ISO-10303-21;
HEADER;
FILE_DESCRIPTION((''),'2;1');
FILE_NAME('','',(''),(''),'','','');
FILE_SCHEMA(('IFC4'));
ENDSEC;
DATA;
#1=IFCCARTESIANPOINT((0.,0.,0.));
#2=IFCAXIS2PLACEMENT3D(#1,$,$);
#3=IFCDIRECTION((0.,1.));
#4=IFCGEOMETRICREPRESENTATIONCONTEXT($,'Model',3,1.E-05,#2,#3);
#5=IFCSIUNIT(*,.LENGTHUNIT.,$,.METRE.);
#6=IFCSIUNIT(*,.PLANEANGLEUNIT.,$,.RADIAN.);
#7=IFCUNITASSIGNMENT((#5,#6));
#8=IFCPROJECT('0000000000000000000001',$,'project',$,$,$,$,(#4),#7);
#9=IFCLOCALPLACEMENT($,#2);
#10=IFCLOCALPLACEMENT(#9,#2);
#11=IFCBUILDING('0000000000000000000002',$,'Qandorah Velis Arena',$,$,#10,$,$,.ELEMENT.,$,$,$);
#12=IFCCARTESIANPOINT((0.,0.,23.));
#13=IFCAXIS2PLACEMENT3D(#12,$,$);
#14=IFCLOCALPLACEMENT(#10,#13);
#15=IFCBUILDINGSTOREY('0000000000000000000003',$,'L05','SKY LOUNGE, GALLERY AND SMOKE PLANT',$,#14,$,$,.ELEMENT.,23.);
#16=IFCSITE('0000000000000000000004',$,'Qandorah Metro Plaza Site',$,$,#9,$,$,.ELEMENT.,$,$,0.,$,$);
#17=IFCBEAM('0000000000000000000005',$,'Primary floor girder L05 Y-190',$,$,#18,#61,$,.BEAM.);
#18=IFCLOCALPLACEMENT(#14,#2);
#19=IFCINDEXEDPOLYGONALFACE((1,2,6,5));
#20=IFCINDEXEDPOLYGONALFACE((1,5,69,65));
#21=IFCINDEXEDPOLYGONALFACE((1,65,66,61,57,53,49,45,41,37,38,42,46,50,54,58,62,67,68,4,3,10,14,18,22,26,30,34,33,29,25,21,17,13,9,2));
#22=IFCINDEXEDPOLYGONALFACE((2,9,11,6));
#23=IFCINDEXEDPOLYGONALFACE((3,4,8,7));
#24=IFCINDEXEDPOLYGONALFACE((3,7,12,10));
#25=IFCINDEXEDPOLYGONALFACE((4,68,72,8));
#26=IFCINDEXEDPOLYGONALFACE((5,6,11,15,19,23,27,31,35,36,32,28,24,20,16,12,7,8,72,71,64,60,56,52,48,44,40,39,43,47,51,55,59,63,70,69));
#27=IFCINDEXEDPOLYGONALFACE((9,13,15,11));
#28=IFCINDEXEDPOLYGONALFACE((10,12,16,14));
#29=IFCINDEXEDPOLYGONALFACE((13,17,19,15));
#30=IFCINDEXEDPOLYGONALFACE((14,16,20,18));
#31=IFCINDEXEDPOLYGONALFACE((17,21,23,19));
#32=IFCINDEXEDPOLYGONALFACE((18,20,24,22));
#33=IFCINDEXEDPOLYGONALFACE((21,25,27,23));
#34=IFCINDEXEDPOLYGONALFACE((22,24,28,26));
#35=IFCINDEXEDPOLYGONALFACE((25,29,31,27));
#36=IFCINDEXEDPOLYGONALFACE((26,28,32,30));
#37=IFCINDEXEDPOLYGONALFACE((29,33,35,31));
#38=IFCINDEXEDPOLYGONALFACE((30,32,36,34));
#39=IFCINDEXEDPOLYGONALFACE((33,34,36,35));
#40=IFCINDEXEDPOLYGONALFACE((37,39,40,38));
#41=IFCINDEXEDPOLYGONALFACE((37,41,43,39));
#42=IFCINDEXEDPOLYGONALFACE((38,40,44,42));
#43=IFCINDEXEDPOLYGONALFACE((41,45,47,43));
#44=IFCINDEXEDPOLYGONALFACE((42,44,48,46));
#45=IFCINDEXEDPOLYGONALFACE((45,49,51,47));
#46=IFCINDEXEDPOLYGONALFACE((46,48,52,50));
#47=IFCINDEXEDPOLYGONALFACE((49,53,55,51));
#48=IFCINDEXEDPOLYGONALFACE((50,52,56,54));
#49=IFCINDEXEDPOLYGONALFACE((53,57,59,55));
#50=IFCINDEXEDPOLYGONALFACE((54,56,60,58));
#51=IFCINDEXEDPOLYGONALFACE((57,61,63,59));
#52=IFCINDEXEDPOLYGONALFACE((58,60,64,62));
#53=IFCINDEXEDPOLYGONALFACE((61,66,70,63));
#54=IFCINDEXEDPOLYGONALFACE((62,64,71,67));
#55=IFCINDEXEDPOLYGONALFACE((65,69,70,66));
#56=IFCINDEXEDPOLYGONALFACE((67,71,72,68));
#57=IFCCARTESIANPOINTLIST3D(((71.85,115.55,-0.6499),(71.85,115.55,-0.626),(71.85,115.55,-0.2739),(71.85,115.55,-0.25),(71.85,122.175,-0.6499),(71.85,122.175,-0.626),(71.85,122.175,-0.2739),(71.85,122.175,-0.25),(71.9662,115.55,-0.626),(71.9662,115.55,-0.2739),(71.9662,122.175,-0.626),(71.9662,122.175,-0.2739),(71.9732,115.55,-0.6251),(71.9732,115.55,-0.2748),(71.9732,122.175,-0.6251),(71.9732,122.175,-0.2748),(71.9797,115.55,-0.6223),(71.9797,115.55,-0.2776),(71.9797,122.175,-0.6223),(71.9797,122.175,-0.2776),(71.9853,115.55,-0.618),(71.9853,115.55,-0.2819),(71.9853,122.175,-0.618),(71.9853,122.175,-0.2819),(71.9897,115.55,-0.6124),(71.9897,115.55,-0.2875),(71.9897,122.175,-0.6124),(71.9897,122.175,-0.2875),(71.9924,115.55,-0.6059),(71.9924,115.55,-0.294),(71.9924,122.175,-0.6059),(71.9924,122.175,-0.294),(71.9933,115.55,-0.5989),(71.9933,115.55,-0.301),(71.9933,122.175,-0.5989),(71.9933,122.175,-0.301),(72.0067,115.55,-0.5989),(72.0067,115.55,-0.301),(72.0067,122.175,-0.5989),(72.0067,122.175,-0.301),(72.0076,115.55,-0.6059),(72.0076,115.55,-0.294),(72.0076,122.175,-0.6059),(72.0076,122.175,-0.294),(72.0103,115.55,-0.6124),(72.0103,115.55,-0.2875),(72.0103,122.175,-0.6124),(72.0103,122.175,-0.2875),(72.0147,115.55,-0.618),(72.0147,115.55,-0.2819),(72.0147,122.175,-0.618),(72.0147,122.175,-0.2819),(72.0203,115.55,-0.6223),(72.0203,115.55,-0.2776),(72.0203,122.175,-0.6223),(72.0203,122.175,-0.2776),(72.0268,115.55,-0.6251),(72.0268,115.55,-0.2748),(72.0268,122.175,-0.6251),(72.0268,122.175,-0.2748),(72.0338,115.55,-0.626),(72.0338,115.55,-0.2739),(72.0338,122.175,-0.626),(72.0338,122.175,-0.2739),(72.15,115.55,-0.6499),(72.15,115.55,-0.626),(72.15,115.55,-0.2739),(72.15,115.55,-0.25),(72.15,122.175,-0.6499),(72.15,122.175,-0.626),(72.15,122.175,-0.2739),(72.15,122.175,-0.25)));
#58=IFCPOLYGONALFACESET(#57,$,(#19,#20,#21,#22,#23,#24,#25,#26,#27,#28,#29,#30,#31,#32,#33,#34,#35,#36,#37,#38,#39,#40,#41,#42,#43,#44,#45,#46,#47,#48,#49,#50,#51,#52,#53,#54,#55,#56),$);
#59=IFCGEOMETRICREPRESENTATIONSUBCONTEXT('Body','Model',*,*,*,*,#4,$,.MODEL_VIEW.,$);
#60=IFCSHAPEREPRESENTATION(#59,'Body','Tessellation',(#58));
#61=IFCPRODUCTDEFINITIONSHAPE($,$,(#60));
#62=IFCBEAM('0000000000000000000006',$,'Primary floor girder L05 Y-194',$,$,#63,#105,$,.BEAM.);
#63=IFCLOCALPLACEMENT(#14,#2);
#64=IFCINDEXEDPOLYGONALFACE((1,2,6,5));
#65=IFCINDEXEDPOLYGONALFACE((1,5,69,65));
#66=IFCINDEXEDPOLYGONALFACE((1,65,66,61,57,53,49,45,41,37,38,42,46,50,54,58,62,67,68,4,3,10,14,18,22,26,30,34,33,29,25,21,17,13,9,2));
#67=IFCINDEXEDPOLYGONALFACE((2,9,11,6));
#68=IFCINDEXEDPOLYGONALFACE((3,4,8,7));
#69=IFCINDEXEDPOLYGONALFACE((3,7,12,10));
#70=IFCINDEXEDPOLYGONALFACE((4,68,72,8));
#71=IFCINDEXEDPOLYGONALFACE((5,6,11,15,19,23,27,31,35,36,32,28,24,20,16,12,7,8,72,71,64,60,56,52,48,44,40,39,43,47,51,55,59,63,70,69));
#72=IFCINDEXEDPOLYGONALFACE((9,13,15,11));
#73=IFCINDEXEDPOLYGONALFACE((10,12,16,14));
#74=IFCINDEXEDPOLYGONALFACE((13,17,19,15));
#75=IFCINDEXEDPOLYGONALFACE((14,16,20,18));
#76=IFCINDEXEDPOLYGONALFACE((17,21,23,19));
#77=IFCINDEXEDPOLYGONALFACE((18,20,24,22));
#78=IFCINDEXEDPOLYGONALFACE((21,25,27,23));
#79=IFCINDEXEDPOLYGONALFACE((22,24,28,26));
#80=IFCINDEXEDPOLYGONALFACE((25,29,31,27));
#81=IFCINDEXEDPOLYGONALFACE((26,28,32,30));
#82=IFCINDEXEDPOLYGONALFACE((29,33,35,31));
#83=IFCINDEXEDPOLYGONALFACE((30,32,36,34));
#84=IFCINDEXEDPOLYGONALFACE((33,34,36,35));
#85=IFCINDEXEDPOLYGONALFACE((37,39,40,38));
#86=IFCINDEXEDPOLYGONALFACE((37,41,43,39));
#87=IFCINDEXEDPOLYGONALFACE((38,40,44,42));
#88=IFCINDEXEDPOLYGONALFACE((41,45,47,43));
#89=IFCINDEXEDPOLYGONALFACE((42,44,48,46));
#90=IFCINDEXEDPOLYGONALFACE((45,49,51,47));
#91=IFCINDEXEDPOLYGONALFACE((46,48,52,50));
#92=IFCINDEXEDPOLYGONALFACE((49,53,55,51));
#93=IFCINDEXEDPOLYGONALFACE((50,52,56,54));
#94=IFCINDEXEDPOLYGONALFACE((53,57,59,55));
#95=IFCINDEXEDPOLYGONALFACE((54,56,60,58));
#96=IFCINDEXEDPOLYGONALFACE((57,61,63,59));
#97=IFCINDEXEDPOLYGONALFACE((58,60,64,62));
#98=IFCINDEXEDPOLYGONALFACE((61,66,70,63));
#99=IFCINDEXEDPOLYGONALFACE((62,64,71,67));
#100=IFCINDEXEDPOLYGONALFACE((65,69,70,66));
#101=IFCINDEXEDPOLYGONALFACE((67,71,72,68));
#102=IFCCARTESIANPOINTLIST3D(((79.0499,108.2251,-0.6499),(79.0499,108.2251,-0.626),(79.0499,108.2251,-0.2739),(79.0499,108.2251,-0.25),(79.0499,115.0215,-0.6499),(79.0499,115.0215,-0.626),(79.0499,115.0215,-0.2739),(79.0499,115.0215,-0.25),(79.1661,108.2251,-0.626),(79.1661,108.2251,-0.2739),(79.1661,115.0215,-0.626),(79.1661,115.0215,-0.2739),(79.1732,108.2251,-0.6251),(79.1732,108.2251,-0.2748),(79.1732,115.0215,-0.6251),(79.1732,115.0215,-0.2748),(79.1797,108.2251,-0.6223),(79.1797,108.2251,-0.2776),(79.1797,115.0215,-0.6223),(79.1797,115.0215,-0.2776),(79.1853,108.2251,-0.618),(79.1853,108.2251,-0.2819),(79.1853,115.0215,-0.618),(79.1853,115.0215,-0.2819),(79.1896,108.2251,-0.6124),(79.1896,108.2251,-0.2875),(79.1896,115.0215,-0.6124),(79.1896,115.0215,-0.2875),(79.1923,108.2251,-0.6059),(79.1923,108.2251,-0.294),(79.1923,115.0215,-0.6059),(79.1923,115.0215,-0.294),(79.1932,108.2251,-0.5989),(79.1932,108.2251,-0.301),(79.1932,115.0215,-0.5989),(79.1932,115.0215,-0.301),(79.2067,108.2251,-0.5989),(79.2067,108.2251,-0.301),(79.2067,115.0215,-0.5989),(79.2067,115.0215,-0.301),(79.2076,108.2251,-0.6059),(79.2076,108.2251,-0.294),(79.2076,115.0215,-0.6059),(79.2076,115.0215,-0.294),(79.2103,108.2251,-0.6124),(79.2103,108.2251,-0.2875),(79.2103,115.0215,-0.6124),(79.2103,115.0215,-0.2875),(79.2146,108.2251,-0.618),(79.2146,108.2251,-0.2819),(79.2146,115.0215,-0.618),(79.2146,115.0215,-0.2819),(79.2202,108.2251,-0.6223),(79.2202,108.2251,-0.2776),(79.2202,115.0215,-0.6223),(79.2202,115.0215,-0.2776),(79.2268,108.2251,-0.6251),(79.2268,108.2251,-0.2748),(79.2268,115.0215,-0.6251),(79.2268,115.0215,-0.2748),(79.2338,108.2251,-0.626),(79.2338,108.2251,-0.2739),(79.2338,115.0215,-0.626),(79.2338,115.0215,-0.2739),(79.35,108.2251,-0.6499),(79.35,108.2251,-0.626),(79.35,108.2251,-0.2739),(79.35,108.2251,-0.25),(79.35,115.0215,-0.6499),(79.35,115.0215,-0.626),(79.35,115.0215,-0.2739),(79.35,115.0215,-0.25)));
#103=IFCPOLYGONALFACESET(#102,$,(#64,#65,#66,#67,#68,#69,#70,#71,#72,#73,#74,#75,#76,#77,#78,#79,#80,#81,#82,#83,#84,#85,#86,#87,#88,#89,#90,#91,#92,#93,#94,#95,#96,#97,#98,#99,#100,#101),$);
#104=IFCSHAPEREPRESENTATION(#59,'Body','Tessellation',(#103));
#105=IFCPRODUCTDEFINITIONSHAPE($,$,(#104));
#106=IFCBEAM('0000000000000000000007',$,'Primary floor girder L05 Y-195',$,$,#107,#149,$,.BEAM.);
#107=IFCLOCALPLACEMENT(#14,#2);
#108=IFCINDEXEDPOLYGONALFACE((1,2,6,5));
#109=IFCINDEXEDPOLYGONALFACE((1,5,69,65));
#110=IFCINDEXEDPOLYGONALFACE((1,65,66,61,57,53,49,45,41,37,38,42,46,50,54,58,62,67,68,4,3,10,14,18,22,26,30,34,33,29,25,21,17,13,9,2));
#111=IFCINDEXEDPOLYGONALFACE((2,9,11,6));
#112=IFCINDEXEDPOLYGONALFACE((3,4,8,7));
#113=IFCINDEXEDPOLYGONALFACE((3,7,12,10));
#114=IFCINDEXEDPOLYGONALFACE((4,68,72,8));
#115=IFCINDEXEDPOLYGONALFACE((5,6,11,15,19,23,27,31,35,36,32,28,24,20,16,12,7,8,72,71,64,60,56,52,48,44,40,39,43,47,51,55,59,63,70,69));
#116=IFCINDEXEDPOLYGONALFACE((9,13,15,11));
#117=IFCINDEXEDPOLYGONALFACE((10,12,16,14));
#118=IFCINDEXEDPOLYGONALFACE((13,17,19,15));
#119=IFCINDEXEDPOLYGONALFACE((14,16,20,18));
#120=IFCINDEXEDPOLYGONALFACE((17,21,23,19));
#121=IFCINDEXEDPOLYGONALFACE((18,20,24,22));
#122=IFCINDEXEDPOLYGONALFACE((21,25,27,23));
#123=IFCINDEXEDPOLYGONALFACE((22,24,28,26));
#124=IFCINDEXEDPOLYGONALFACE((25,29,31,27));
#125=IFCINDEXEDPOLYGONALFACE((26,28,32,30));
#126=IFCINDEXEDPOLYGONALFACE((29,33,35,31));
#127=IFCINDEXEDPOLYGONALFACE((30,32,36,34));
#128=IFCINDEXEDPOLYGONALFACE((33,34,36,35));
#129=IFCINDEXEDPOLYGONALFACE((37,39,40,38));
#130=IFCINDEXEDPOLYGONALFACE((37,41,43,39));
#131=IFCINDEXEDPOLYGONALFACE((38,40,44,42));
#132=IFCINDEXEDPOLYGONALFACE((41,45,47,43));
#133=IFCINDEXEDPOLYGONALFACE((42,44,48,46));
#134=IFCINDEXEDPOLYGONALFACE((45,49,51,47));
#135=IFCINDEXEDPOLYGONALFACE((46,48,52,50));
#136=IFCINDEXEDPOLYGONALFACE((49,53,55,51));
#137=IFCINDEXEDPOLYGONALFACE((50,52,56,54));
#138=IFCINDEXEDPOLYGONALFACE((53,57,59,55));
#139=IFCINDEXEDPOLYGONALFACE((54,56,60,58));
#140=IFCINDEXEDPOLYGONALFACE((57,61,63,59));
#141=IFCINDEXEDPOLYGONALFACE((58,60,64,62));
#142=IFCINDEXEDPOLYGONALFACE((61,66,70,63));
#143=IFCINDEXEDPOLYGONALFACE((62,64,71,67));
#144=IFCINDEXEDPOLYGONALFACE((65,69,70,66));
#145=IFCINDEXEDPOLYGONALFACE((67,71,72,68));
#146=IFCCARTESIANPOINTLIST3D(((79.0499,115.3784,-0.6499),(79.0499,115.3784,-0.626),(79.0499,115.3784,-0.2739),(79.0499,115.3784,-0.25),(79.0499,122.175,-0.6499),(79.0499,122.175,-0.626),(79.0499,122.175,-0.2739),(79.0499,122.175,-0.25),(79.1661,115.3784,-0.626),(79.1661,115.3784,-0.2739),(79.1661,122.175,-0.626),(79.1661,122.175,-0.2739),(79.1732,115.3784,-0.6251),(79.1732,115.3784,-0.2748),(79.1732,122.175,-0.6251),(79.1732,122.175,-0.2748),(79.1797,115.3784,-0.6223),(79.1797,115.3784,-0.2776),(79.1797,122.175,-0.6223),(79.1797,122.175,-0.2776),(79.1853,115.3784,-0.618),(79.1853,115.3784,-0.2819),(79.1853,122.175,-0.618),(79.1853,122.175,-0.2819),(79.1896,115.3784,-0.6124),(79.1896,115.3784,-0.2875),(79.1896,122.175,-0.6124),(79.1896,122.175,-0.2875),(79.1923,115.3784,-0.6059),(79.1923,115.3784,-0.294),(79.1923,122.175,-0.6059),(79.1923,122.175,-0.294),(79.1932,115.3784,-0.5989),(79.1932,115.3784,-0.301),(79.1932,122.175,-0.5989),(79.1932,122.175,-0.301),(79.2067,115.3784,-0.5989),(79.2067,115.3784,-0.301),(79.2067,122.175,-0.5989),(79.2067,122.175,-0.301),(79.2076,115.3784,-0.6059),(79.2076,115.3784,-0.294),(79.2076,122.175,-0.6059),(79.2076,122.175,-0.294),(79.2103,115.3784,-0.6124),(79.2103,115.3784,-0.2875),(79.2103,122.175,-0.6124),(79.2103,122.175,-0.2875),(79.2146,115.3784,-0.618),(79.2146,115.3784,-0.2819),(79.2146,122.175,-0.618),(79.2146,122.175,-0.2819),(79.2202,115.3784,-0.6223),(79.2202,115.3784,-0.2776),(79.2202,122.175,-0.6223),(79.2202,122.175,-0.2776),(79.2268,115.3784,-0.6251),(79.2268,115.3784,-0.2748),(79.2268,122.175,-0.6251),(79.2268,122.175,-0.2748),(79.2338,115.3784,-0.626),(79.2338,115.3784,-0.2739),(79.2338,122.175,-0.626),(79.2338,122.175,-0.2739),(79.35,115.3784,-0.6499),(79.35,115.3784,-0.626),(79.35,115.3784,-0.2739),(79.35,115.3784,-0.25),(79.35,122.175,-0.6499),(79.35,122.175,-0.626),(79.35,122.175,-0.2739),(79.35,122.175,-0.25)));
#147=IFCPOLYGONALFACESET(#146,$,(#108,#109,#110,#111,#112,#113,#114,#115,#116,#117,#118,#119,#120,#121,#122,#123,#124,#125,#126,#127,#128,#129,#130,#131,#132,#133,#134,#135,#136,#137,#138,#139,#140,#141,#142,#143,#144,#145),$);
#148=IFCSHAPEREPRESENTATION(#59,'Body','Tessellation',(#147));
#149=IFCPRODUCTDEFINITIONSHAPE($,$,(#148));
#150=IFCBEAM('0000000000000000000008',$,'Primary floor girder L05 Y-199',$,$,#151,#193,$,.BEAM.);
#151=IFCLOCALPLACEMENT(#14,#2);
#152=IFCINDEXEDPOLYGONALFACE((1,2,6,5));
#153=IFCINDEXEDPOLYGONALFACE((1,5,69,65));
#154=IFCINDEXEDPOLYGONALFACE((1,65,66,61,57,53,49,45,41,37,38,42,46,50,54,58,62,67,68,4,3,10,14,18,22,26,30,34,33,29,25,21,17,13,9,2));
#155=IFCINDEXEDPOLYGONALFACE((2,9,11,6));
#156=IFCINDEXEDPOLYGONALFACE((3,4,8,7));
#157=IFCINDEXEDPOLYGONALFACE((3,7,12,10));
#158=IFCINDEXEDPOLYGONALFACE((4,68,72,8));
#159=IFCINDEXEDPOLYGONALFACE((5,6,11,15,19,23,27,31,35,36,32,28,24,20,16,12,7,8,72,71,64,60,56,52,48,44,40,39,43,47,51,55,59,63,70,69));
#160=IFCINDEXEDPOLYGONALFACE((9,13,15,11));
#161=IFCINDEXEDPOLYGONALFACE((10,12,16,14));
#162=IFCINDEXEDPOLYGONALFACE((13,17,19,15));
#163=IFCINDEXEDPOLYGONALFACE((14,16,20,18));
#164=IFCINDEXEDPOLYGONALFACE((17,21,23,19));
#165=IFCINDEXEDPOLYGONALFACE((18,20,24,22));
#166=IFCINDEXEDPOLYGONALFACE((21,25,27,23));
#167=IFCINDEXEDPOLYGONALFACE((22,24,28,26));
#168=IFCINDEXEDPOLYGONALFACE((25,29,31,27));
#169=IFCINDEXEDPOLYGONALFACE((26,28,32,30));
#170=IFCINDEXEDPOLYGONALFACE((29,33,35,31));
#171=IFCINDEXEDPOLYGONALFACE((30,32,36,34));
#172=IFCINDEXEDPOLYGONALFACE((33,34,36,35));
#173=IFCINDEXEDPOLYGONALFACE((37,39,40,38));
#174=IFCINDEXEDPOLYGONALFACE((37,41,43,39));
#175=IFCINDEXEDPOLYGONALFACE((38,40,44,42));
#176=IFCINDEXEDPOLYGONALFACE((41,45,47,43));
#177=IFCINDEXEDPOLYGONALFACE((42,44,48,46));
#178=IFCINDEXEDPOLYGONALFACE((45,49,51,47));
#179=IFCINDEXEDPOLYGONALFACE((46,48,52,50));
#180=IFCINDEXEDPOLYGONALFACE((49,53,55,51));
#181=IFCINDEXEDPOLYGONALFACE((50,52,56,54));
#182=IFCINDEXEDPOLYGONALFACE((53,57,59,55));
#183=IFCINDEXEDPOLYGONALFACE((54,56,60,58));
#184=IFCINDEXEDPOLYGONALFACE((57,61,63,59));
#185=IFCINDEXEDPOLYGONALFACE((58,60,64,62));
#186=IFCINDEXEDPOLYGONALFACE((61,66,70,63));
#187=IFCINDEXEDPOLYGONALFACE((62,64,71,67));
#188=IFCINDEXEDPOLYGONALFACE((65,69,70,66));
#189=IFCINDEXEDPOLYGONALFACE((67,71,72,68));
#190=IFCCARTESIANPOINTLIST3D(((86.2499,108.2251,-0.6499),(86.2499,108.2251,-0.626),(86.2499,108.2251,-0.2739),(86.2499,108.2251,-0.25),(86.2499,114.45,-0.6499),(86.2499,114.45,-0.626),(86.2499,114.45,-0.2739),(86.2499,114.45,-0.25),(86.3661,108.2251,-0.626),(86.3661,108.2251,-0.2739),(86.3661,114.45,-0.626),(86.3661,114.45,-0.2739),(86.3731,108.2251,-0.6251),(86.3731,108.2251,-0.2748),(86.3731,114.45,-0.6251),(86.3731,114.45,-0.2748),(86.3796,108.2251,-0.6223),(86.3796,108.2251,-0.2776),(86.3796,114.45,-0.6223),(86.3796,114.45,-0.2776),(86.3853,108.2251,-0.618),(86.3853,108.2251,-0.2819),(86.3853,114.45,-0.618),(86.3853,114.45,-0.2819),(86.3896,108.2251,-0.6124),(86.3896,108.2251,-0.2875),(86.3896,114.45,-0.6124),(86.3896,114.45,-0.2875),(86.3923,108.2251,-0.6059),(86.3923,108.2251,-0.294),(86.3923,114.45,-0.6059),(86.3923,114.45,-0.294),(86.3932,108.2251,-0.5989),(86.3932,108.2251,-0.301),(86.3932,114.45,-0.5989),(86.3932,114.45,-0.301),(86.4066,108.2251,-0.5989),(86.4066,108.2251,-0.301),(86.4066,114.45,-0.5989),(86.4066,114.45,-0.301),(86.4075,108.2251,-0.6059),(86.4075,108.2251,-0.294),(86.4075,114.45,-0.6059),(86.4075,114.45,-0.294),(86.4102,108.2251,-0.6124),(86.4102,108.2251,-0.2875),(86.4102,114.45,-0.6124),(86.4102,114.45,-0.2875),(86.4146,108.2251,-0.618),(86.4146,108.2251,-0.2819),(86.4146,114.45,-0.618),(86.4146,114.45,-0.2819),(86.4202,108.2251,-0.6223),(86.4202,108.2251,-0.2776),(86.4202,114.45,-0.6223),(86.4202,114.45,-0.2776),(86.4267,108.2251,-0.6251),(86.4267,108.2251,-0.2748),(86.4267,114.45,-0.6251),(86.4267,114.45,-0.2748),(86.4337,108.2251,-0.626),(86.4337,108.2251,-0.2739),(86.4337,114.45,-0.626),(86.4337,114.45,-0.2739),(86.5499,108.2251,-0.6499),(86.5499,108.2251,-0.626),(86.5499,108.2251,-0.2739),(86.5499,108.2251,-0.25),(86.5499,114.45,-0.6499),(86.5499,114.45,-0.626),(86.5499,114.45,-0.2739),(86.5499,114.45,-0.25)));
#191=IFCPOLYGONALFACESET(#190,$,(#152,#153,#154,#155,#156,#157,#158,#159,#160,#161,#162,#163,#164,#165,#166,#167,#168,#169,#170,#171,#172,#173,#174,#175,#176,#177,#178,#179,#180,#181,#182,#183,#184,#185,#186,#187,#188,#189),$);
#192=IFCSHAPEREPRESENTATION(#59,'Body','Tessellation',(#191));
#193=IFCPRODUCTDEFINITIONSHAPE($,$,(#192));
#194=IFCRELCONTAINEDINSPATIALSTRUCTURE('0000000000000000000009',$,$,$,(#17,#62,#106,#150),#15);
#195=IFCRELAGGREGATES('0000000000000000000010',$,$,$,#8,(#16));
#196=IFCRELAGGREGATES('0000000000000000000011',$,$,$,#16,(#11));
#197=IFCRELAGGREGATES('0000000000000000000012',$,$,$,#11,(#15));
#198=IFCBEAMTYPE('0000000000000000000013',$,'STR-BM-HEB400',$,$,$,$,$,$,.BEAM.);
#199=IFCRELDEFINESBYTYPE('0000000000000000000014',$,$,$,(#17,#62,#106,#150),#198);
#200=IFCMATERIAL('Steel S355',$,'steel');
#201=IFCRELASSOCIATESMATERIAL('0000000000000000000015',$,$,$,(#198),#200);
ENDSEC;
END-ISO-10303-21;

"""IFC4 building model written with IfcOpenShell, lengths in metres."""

from ifc_helpers import new_model, si_unit, direction, frame, origin, origin_2d, place, context, subcontext, project, spatial, i_section, extrude, material, material_profile, profile_set, type_object, element, save


model = new_model("IFC4")

# Units and contexts
model_context = context("Model", 3, precision=1e-05, world=origin(), true_north=direction((0.0, 1.0)))
body_context = subcontext(model_context, "Body", "Model", "MODEL_VIEW")
ifc_project = project(units=[si_unit("LENGTHUNIT", "METRE"), si_unit("PLANEANGLEUNIT", "RADIAN")], contexts=[model_context])

# Site, building, storey
site_placement = place(None, origin())
site = spatial("IfcSite", under=ifc_project, at=site_placement, Name="Qandorah Metro Plaza Site", CompositionType="ELEMENT", RefElevation=0.0)
building_placement = place(site_placement, origin())
building = spatial("IfcBuilding", under=site, at=building_placement, Name="Qandorah Velis Arena", CompositionType="ELEMENT")
storey_placement = place(building_placement, frame((0.0, 0.0, 23.0)))
storey = spatial("IfcBuildingStorey", under=building, at=storey_placement, Name="L05", Description="SKY LOUNGE, GALLERY AND SMOKE PLANT", CompositionType="ELEMENT", Elevation=23.0)

# Beams
ifc_material_1 = material(Name="Steel S355", Category="steel")
ifc_material_profile_1 = material_profile(ifc_material_1, i_section(OverallWidth=0.3, OverallDepth=0.3999, WebThickness=0.0134, FlangeThickness=0.0239, FilletRadius=0.0271, at=origin_2d()), Name="HEB 400")
ifc_profile_set_1 = profile_set([ifc_material_profile_1], Name="Steel S355")
beam_type_1 = type_object("IfcBeamType", Name="STR-BM-HEB400", PredefinedType="BEAM", material=ifc_profile_set_1)
for number, where, z_axis, x_axis, name in (
    (1, (72.0, 115.55, -0.45), (0.0, 1.0, 0.0), (-1.0, 0.0, 0.0), "Primary floor girder L05 Y-190"),
):
    element("IfcBeam", number, at=place(storey_placement, frame(where, z_axis=z_axis, x_axis=x_axis)), inside=storey, type_object=beam_type_1, Name=name, PredefinedType="BEAM", context=body_context, shape_type="SweptSolid", body=[
        extrude(i_section(OverallWidth=0.3, OverallDepth=0.3999, WebThickness=0.0134, FlangeThickness=0.0239, FilletRadius=0.0271, at=origin_2d()), origin(), (0.0, 0.0, 1.0), 6.625),
    ])
beam_1_placement = place(storey_placement, frame((79.2, 108.2251, -0.45), z_axis=(0.0, 1.0, 0.0), x_axis=(-1.0, 0.0, 0.0)))
element("IfcBeam", 2, at=beam_1_placement, inside=storey, type_object=beam_type_1, Name="Primary floor girder L05 Y-194", PredefinedType="BEAM", context=body_context, shape_type="SweptSolid", body=[
    extrude(i_section(OverallWidth=0.3, OverallDepth=0.3999, WebThickness=0.0134, FlangeThickness=0.0239, FilletRadius=0.0271, at=origin_2d()), origin(), (0.0, 0.0, 1.0), 6.7964),
])
beam_2_placement = place(storey_placement, frame((79.2, 115.3784, -0.45), z_axis=(0.0, 1.0, 0.0), x_axis=(-1.0, 0.0, 0.0)))
element("IfcBeam", 3, at=beam_2_placement, inside=storey, type_object=beam_type_1, Name="Primary floor girder L05 Y-195", PredefinedType="BEAM", context=body_context, shape_type="SweptSolid", body=[
    extrude(i_section(OverallWidth=0.3, OverallDepth=0.3999, WebThickness=0.0134, FlangeThickness=0.0239, FilletRadius=0.0271, at=origin_2d()), origin(), (0.0, 0.0, 1.0), 6.7966),
])
beam_3_placement = place(storey_placement, frame((86.3999, 108.2251, -0.45), z_axis=(0.0, 1.0, 0.0), x_axis=(-1.0, 0.0, 0.0)))
element("IfcBeam", 4, at=beam_3_placement, inside=storey, type_object=beam_type_1, Name="Primary floor girder L05 Y-199", PredefinedType="BEAM", context=body_context, shape_type="SweptSolid", body=[
    extrude(i_section(OverallWidth=0.3, OverallDepth=0.3999, WebThickness=0.0134, FlangeThickness=0.0239, FilletRadius=0.0271, at=origin_2d()), origin(), (0.0, 0.0, 1.0), 6.2249),
])

save(model, "model.ifc")
